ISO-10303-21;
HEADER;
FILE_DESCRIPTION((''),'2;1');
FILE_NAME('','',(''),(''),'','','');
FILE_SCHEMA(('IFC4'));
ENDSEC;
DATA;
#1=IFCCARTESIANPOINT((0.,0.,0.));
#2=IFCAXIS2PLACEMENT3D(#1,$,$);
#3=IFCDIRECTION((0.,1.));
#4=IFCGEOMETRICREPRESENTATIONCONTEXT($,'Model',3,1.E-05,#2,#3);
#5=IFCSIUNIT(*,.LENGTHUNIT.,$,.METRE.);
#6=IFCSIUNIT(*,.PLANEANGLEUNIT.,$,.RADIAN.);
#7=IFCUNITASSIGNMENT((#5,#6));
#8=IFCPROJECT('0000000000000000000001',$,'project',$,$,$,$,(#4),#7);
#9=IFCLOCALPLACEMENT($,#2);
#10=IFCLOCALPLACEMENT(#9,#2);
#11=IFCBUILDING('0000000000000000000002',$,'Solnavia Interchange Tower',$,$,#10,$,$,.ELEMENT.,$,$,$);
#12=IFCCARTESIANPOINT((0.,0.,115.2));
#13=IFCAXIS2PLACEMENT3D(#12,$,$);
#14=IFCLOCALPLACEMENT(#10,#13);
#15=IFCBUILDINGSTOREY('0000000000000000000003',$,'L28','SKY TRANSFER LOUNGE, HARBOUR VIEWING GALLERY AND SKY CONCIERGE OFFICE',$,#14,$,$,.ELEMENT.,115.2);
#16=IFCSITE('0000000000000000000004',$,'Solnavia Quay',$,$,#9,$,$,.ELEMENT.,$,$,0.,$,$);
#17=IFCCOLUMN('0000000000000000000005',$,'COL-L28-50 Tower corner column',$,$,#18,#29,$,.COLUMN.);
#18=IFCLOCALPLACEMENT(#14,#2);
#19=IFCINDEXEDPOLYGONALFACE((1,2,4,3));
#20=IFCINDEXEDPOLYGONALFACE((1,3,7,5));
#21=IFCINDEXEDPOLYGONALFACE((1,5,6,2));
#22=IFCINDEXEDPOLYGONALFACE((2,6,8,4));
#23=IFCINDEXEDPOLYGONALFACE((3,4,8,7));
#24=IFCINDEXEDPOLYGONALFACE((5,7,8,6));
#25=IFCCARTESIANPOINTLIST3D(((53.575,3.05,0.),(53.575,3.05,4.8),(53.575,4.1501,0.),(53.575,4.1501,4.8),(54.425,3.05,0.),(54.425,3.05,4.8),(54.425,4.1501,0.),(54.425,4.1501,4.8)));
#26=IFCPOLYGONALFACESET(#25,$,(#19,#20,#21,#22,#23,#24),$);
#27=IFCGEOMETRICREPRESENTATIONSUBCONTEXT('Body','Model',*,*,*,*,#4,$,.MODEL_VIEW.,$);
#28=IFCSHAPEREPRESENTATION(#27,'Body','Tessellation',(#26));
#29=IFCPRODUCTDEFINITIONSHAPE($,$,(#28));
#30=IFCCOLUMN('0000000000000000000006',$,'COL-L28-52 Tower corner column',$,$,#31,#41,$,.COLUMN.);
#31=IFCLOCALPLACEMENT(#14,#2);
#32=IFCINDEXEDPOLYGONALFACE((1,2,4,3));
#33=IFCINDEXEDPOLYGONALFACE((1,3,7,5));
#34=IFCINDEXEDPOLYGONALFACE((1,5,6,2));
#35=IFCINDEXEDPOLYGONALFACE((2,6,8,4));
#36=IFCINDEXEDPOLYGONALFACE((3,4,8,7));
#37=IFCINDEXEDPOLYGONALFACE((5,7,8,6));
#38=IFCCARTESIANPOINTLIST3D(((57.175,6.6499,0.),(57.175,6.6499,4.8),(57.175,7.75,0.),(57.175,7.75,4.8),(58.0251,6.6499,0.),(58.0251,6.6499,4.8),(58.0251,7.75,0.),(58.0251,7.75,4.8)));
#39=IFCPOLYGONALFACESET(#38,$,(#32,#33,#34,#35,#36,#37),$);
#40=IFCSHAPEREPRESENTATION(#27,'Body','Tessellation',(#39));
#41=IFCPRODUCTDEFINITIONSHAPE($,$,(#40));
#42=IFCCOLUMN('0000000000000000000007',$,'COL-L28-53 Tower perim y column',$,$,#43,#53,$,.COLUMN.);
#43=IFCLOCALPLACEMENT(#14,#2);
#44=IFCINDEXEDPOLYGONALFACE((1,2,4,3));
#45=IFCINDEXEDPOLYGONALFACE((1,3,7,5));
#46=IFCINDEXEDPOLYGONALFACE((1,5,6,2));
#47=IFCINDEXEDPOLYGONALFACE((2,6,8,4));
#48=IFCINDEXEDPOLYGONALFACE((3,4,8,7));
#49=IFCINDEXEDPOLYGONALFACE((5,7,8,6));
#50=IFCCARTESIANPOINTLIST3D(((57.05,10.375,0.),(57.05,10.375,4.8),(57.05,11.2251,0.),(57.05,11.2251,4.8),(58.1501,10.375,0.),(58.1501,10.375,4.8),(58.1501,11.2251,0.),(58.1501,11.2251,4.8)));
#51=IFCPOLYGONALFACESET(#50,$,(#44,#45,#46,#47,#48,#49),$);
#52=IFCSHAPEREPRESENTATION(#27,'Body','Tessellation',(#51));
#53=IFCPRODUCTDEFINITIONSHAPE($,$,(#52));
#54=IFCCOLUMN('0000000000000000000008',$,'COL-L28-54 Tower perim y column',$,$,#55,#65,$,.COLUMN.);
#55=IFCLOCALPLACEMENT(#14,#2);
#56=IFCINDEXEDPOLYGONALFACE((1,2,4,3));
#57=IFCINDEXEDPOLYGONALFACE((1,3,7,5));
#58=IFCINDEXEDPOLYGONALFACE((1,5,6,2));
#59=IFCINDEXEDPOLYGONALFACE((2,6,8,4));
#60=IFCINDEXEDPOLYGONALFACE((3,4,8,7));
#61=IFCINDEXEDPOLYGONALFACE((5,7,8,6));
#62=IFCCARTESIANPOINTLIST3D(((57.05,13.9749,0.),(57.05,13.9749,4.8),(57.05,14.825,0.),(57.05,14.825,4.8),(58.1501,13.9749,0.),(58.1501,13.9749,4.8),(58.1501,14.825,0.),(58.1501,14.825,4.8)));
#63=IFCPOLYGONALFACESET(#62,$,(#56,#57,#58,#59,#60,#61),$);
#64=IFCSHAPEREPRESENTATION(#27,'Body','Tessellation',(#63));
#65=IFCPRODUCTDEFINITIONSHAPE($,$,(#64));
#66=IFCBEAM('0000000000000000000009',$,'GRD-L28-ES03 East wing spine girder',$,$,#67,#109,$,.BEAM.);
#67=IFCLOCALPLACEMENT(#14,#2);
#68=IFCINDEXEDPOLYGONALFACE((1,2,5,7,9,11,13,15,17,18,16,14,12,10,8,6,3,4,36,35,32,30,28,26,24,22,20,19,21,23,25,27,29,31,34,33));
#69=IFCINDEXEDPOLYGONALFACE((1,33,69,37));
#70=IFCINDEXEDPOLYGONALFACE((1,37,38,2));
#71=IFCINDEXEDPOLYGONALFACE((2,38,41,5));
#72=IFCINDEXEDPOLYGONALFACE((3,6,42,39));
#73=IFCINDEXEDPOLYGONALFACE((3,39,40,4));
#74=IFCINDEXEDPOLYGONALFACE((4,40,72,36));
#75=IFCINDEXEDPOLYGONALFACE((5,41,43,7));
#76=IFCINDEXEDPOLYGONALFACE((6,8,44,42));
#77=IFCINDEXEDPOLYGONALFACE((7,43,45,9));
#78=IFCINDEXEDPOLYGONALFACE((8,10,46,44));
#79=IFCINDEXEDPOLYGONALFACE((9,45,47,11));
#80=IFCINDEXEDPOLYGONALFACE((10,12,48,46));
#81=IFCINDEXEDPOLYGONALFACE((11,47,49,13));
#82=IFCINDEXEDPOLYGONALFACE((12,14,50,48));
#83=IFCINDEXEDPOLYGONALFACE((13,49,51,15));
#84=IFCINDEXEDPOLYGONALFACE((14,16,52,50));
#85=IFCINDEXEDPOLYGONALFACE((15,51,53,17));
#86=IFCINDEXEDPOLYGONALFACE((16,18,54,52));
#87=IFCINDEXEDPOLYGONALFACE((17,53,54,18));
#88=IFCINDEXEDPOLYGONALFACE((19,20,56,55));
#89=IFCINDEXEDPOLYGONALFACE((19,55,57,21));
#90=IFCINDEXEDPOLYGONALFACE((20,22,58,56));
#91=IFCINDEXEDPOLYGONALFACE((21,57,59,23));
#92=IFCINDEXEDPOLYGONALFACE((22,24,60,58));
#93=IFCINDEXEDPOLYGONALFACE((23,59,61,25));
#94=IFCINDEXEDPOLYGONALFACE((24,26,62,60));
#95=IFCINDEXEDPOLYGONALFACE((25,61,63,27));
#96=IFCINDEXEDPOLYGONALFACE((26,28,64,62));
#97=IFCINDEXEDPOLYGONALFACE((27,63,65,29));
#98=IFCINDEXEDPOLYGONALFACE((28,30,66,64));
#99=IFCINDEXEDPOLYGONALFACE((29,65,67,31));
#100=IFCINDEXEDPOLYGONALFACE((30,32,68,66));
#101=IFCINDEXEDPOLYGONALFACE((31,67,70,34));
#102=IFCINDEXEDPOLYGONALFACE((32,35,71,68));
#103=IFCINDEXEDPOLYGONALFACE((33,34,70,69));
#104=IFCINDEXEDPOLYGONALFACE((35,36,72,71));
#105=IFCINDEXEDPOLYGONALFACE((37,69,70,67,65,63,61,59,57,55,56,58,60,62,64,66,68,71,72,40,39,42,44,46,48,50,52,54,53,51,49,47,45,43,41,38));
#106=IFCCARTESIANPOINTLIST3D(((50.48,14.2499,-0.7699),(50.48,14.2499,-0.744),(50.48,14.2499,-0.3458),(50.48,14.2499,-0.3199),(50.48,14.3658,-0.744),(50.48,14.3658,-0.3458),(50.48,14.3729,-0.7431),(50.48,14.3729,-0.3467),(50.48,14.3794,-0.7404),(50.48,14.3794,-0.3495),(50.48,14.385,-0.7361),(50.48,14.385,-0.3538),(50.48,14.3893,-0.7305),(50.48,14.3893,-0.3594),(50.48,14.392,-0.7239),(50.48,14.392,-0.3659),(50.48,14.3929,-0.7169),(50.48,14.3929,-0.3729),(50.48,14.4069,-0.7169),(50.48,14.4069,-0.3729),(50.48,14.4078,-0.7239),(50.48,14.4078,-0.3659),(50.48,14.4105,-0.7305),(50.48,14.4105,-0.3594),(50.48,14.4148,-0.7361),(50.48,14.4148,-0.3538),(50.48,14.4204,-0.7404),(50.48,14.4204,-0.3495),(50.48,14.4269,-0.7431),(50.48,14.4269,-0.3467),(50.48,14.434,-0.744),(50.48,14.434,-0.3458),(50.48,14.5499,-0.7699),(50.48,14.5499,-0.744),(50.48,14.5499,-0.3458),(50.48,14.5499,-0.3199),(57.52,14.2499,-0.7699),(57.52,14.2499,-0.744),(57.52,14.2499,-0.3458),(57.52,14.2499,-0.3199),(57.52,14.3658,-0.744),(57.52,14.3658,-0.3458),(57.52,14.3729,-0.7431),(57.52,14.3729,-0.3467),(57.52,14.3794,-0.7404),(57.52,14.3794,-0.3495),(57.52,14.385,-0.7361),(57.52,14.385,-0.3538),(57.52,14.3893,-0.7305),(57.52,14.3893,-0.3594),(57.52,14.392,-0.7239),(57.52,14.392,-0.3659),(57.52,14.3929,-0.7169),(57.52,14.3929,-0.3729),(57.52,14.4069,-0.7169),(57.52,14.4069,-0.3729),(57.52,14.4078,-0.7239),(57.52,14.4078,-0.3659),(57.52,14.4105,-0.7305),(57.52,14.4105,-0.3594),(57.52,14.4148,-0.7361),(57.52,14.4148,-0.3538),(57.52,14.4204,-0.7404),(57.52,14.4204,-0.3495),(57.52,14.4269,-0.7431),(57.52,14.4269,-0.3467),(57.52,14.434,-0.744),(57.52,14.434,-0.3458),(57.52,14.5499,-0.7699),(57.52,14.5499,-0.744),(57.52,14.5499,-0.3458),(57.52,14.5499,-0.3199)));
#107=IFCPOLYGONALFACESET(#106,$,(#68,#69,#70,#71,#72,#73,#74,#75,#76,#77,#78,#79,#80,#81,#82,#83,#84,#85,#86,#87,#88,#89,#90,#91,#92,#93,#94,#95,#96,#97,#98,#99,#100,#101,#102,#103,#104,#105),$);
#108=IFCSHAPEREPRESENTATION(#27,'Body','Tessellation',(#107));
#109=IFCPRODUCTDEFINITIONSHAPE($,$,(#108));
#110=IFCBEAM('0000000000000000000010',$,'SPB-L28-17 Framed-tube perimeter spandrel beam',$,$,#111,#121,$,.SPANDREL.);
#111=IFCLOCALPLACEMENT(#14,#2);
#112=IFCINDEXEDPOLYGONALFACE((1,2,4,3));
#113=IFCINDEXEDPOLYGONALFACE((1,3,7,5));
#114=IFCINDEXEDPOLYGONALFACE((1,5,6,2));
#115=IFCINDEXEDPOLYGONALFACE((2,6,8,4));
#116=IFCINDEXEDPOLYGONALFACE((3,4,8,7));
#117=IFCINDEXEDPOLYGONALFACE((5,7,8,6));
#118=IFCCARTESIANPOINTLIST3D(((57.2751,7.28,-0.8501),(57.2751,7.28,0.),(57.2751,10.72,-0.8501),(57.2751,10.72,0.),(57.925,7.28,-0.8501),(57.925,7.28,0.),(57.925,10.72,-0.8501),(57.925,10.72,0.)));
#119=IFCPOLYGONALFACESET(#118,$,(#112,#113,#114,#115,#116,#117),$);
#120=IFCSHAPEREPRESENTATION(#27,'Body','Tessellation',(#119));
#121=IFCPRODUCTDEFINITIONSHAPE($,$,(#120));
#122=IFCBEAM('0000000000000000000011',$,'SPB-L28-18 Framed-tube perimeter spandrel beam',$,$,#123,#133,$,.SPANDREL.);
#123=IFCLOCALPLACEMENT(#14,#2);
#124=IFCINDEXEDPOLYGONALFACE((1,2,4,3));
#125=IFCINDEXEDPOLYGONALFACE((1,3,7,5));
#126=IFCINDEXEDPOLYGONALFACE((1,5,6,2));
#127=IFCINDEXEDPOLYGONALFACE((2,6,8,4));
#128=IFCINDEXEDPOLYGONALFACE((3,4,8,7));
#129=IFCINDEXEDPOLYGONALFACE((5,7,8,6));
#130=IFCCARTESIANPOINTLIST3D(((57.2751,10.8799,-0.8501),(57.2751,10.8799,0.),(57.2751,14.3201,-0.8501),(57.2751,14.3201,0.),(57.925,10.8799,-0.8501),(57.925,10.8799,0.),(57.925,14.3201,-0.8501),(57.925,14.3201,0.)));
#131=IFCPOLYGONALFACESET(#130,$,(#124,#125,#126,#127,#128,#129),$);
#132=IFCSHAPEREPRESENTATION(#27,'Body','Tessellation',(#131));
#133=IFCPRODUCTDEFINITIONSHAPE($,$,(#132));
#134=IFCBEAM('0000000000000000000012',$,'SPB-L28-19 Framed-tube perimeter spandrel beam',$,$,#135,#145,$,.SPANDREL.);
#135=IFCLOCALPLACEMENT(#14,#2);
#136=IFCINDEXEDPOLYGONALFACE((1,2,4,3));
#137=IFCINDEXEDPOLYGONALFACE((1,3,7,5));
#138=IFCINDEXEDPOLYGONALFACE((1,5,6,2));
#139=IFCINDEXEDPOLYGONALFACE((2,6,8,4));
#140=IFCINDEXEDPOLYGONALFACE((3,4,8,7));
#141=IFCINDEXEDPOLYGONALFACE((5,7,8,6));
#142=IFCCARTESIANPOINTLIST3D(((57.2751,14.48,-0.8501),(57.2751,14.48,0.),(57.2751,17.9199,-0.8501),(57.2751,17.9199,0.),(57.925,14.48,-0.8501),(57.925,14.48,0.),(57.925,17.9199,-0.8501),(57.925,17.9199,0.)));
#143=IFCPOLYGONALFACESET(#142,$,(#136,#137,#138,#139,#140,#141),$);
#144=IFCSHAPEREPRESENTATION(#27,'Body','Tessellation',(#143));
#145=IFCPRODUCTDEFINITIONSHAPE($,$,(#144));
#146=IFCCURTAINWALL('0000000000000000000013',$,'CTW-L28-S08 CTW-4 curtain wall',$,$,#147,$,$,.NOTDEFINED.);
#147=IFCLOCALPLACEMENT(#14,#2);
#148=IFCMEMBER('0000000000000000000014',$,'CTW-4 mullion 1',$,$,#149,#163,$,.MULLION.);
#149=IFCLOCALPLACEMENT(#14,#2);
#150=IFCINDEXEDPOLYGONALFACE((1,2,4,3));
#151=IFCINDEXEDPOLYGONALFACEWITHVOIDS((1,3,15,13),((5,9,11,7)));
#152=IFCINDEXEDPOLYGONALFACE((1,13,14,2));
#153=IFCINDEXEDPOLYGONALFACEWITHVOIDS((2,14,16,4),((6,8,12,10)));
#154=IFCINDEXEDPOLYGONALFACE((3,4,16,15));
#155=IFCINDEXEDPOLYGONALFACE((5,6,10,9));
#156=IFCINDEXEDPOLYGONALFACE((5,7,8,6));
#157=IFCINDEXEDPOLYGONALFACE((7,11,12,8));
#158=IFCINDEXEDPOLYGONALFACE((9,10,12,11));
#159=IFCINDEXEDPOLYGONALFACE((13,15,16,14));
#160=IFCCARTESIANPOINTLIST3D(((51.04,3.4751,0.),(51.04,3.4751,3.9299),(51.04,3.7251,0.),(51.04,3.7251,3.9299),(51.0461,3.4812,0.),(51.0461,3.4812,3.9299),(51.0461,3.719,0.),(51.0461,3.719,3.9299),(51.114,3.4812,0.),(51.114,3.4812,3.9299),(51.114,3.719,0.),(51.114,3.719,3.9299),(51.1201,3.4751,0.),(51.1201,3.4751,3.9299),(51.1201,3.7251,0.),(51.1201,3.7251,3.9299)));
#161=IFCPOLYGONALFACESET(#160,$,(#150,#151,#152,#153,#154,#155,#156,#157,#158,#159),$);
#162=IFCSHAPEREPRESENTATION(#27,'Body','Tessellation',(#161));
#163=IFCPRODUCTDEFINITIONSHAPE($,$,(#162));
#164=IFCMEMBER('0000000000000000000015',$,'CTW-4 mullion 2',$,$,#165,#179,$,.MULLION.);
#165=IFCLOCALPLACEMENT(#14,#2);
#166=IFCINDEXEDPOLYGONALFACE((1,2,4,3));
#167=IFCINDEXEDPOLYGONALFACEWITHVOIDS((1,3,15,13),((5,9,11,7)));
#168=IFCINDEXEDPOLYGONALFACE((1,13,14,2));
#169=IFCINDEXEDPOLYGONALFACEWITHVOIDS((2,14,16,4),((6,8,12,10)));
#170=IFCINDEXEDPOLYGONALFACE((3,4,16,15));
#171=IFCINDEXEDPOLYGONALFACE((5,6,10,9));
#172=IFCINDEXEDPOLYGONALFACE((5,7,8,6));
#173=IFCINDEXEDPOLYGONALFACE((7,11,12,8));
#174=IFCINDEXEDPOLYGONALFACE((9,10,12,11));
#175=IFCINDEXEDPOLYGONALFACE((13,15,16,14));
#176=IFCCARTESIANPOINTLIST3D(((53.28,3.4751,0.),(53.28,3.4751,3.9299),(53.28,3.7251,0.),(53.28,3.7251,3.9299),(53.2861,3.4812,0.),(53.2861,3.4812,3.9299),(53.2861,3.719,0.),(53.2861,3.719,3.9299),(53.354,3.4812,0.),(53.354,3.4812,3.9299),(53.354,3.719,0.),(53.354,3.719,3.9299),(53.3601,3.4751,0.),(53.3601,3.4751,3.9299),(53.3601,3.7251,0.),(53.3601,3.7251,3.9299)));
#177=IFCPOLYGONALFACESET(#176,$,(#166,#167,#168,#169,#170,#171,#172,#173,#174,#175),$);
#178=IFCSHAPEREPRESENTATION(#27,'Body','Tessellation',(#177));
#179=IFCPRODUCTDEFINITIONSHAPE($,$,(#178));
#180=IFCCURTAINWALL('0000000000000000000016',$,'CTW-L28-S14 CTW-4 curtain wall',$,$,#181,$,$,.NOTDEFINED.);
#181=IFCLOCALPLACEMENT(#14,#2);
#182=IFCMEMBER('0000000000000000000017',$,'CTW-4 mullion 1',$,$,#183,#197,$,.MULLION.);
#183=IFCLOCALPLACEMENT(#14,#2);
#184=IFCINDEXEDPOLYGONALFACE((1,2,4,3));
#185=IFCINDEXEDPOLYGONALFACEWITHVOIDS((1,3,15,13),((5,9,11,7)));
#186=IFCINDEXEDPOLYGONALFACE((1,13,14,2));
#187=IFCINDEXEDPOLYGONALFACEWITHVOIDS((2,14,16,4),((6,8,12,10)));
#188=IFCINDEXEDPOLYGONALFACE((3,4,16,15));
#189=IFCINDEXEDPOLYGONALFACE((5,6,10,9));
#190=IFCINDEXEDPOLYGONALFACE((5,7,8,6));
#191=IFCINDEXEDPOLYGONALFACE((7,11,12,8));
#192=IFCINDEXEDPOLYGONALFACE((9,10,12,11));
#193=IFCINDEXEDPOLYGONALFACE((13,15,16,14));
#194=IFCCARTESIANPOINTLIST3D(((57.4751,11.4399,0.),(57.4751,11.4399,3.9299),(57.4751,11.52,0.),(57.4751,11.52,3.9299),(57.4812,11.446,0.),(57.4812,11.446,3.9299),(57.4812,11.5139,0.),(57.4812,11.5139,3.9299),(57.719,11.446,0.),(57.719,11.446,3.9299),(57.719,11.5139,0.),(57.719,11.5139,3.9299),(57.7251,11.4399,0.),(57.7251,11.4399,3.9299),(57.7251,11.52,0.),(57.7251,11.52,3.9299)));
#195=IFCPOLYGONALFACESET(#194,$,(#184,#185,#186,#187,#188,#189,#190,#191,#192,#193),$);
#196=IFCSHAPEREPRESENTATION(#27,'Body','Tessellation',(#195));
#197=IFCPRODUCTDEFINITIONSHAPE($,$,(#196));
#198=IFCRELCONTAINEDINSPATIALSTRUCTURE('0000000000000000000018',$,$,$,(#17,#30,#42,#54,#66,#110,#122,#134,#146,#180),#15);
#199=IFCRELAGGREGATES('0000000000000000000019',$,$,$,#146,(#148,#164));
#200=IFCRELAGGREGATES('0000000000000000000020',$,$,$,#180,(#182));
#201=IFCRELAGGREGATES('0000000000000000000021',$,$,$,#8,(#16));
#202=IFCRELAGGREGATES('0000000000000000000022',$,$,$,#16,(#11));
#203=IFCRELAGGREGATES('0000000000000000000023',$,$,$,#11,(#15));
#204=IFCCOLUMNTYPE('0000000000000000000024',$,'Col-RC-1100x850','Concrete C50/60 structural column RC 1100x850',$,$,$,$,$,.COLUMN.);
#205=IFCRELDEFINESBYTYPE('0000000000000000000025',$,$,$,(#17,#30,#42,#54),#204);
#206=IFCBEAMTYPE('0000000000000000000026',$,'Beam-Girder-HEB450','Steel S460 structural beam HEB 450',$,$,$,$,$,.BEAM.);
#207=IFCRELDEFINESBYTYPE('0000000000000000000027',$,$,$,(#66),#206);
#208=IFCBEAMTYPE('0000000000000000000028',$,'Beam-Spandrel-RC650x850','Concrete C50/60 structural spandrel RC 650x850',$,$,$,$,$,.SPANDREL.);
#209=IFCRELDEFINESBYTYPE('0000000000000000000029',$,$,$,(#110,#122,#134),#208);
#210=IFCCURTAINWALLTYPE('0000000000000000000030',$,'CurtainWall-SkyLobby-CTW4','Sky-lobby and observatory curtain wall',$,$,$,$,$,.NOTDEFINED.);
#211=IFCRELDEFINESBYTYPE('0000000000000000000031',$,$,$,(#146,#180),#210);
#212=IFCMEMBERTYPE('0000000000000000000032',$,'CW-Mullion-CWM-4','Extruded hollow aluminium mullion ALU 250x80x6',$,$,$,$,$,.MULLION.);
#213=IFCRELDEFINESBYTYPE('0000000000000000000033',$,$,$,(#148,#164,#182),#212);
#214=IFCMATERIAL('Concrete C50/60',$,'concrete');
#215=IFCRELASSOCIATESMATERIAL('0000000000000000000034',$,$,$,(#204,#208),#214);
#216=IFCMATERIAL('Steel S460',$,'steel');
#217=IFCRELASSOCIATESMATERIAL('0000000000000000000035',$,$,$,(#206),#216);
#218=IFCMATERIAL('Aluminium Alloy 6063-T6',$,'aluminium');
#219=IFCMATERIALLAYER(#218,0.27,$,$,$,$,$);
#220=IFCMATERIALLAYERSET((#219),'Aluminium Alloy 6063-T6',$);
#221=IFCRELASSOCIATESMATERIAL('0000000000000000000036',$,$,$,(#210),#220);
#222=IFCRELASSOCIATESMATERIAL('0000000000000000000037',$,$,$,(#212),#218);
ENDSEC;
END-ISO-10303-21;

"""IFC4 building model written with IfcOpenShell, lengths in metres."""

from ifc_helpers import new_model, si_unit, direction, frame, origin, origin_2d, place, context, subcontext, project, spatial, rectangle, hollow_rectangle, i_section, extrude, material, layer, layer_set, material_profile, profile_set, type_object, element, aggregate, save


model = new_model("IFC4")

# Units and contexts
model_context = context("Model", 3, precision=1e-05, world=origin(), true_north=direction((0.0, 1.0)))
body_context = subcontext(model_context, "Body", "Model", "MODEL_VIEW")
ifc_project = project(units=[si_unit("LENGTHUNIT", "METRE"), si_unit("PLANEANGLEUNIT", "RADIAN")], contexts=[model_context])

# Site, building, storey
site_placement = place(None, origin())
site = spatial("IfcSite", under=ifc_project, at=site_placement, Name="Solnavia Quay", CompositionType="ELEMENT", RefElevation=0.0)
building_placement = place(site_placement, origin())
building = spatial("IfcBuilding", under=site, at=building_placement, Name="Solnavia Interchange Tower", CompositionType="ELEMENT")
storey_placement = place(building_placement, frame((0.0, 0.0, 115.2)))
storey = spatial("IfcBuildingStorey", under=building, at=storey_placement, Name="L28", Description="SKY TRANSFER LOUNGE, HARBOUR VIEWING GALLERY AND SKY CONCIERGE OFFICE", CompositionType="ELEMENT", Elevation=115.2)

# Columns
ifc_material_1 = material(Name="Concrete C50/60", Category="concrete")
ifc_material_profile_1 = material_profile(ifc_material_1, rectangle(XDim=0.8501, YDim=1.1001, at=origin_2d()), Name="RC 1100x850")
ifc_profile_set_1 = profile_set([ifc_material_profile_1], Name="Concrete C50/60")
column_type = type_object("IfcColumnType", Name="Col-RC-1100x850", Description="Concrete C50/60 structural column RC 1100x850", PredefinedType="COLUMN", material=ifc_profile_set_1)
for number, where, z_axis, x_axis, name in (
    (1, (54.0, 3.6001, 0.0), (0.0, 0.0, 1.0), (1.0, 0.0, 0.0), "COL-L28-50 Tower corner column"),
    (2, (57.6001, 7.2, 0.0), (0.0, 0.0, 1.0), (1.0, 0.0, 0.0), "COL-L28-52 Tower corner column"),
    (3, (57.6001, 10.8, 0.0), (0.0, 0.0, 1.0), (0.0, 1.0, 0.0), "COL-L28-53 Tower perim y column"),
    (4, (57.6001, 14.3999, 0.0), (0.0, 0.0, 1.0), (0.0, 1.0, 0.0), "COL-L28-54 Tower perim y column"),
):
    element("IfcColumn", number, at=place(storey_placement, frame(where, z_axis=z_axis, x_axis=x_axis)), inside=storey, type_object=column_type, Name=name, PredefinedType="COLUMN", context=body_context, shape_type="SweptSolid", body=[
        extrude(rectangle(XDim=0.8501, YDim=1.1001, at=origin_2d()), origin(), (0.0, 0.0, 1.0), 4.8),
    ])

# Beams
ifc_material_2 = material(Name="Steel S460", Category="steel")
ifc_material_profile_2 = material_profile(ifc_material_2, i_section(OverallWidth=0.3, OverallDepth=0.45, WebThickness=0.0139, FlangeThickness=0.0259, FilletRadius=0.0271, at=origin_2d()), Name="HEB 450")
ifc_profile_set_2 = profile_set([ifc_material_profile_2], Name="Steel S460")
beam_type_1 = type_object("IfcBeamType", Name="Beam-Girder-HEB450", Description="Steel S460 structural beam HEB 450", PredefinedType="BEAM", material=ifc_profile_set_2)
beam_1_placement = place(storey_placement, frame((50.48, 14.3999, -0.5449), z_axis=(1.0, 0.0, 0.0), x_axis=(0.0, 1.0, 0.0)))
element("IfcBeam", 5, at=beam_1_placement, inside=storey, type_object=beam_type_1, Name="GRD-L28-ES03 East wing spine girder", PredefinedType="BEAM", context=body_context, shape_type="SweptSolid", body=[
    extrude(i_section(OverallWidth=0.3, OverallDepth=0.45, WebThickness=0.0139, FlangeThickness=0.0259, FilletRadius=0.0271, at=origin_2d()), origin(), (0.0, 0.0, 1.0), 7.04),
])
ifc_material_profile_3 = material_profile(ifc_material_1, rectangle(XDim=0.6499, YDim=0.8501, at=origin_2d()), Name="RC 650x850")
ifc_profile_set_3 = profile_set([ifc_material_profile_3], Name="Concrete C50/60")
beam_type_2 = type_object("IfcBeamType", Name="Beam-Spandrel-RC650x850", Description="Concrete C50/60 structural spandrel RC 650x850", PredefinedType="SPANDREL", material=ifc_profile_set_3)
beam_2_placement = place(storey_placement, frame((57.6001, 7.28, -0.425), z_axis=(0.0, 1.0, 0.0), x_axis=(-1.0, 0.0, 0.0)))
element("IfcBeam", 6, at=beam_2_placement, inside=storey, type_object=beam_type_2, Name="SPB-L28-17 Framed-tube perimeter spandrel beam", PredefinedType="SPANDREL", context=body_context, shape_type="SweptSolid", body=[
    extrude(rectangle(XDim=0.6499, YDim=0.8501, at=origin_2d()), origin(), (0.0, 0.0, 1.0), 3.4399),
])
beam_3_placement = place(storey_placement, frame((57.6001, 10.8799, -0.425), z_axis=(0.0, 1.0, 0.0), x_axis=(-1.0, 0.0, 0.0)))
element("IfcBeam", 7, at=beam_3_placement, inside=storey, type_object=beam_type_2, Name="SPB-L28-18 Framed-tube perimeter spandrel beam", PredefinedType="SPANDREL", context=body_context, shape_type="SweptSolid", body=[
    extrude(rectangle(XDim=0.6499, YDim=0.8501, at=origin_2d()), origin(), (0.0, 0.0, 1.0), 3.4402),
])
beam_4_placement = place(storey_placement, frame((57.6001, 14.48, -0.425), z_axis=(0.0, 1.0, 0.0), x_axis=(-1.0, 0.0, 0.0)))
element("IfcBeam", 8, at=beam_4_placement, inside=storey, type_object=beam_type_2, Name="SPB-L28-19 Framed-tube perimeter spandrel beam", PredefinedType="SPANDREL", context=body_context, shape_type="SweptSolid", body=[
    extrude(rectangle(XDim=0.6499, YDim=0.8501, at=origin_2d()), origin(), (0.0, 0.0, 1.0), 3.4399),
])

# Curtain walls, members
ifc_material_3 = material(Name="Aluminium Alloy 6063-T6", Category="aluminium")
ifc_layer_1 = layer(ifc_material_3, 0.27)
ifc_layer_set_1 = layer_set([ifc_layer_1], Name="Aluminium Alloy 6063-T6")
curtain_wall_type = type_object("IfcCurtainWallType", Name="CurtainWall-SkyLobby-CTW4", Description="Sky-lobby and observatory curtain wall", PredefinedType="NOTDEFINED", material=ifc_layer_set_1)
curtain_wall_1_placement = place(storey_placement, origin())
curtain_wall_1 = element("IfcCurtainWall", 9, at=curtain_wall_1_placement, inside=storey, type_object=curtain_wall_type, Name="CTW-L28-S08 CTW-4 curtain wall", PredefinedType="NOTDEFINED")
ifc_material_profile_4 = material_profile(ifc_material_3, hollow_rectangle(XDim=0.0801, YDim=0.25, WallThickness=0.0061, at=origin_2d()), Name="ALU 250x80x6")
ifc_profile_set_4 = profile_set([ifc_material_profile_4], Name="Aluminium Alloy 6063-T6")
member_type_1 = type_object("IfcMemberType", Name="CW-Mullion-CWM-4", Description="Extruded hollow aluminium mullion ALU 250x80x6", PredefinedType="MULLION", material=ifc_profile_set_4)
member_1_placement = place(storey_placement, frame((51.0801, 3.6001, 0.0), z_axis=(0.0, 0.0, 1.0), x_axis=(1.0, 0.0, 0.0)))
member_1 = element("IfcMember", 10, at=member_1_placement, type_object=member_type_1, Name="CTW-4 mullion 1", PredefinedType="MULLION", context=body_context, shape_type="SweptSolid", body=[
    extrude(hollow_rectangle(XDim=0.0801, YDim=0.25, WallThickness=0.0061, at=origin_2d()), origin(), (0.0, 0.0, 1.0), 3.9299),
])
member_2_placement = place(storey_placement, frame((53.3201, 3.6001, 0.0), z_axis=(0.0, 0.0, 1.0), x_axis=(1.0, 0.0, 0.0)))
member_2 = element("IfcMember", 11, at=member_2_placement, type_object=member_type_1, Name="CTW-4 mullion 2", PredefinedType="MULLION", context=body_context, shape_type="SweptSolid", body=[
    extrude(hollow_rectangle(XDim=0.0801, YDim=0.25, WallThickness=0.0061, at=origin_2d()), origin(), (0.0, 0.0, 1.0), 3.9299),
])
curtain_wall_2_placement = place(storey_placement, origin())
curtain_wall_2 = element("IfcCurtainWall", 12, at=curtain_wall_2_placement, inside=storey, type_object=curtain_wall_type, Name="CTW-L28-S14 CTW-4 curtain wall", PredefinedType="NOTDEFINED")
member_3_placement = place(storey_placement, frame((57.6001, 11.48, 0.0), z_axis=(0.0, 0.0, 1.0), x_axis=(0.0, 1.0, 0.0)))
member_3 = element("IfcMember", 13, at=member_3_placement, type_object=member_type_1, Name="CTW-4 mullion 1", PredefinedType="MULLION", context=body_context, shape_type="SweptSolid", body=[
    extrude(hollow_rectangle(XDim=0.0801, YDim=0.25, WallThickness=0.0061, at=origin_2d()), origin(), (0.0, 0.0, 1.0), 3.9299),
])

aggregate(curtain_wall_1, [member_1, member_2])
aggregate(curtain_wall_2, [member_3])

save(model, "model.ifc")
